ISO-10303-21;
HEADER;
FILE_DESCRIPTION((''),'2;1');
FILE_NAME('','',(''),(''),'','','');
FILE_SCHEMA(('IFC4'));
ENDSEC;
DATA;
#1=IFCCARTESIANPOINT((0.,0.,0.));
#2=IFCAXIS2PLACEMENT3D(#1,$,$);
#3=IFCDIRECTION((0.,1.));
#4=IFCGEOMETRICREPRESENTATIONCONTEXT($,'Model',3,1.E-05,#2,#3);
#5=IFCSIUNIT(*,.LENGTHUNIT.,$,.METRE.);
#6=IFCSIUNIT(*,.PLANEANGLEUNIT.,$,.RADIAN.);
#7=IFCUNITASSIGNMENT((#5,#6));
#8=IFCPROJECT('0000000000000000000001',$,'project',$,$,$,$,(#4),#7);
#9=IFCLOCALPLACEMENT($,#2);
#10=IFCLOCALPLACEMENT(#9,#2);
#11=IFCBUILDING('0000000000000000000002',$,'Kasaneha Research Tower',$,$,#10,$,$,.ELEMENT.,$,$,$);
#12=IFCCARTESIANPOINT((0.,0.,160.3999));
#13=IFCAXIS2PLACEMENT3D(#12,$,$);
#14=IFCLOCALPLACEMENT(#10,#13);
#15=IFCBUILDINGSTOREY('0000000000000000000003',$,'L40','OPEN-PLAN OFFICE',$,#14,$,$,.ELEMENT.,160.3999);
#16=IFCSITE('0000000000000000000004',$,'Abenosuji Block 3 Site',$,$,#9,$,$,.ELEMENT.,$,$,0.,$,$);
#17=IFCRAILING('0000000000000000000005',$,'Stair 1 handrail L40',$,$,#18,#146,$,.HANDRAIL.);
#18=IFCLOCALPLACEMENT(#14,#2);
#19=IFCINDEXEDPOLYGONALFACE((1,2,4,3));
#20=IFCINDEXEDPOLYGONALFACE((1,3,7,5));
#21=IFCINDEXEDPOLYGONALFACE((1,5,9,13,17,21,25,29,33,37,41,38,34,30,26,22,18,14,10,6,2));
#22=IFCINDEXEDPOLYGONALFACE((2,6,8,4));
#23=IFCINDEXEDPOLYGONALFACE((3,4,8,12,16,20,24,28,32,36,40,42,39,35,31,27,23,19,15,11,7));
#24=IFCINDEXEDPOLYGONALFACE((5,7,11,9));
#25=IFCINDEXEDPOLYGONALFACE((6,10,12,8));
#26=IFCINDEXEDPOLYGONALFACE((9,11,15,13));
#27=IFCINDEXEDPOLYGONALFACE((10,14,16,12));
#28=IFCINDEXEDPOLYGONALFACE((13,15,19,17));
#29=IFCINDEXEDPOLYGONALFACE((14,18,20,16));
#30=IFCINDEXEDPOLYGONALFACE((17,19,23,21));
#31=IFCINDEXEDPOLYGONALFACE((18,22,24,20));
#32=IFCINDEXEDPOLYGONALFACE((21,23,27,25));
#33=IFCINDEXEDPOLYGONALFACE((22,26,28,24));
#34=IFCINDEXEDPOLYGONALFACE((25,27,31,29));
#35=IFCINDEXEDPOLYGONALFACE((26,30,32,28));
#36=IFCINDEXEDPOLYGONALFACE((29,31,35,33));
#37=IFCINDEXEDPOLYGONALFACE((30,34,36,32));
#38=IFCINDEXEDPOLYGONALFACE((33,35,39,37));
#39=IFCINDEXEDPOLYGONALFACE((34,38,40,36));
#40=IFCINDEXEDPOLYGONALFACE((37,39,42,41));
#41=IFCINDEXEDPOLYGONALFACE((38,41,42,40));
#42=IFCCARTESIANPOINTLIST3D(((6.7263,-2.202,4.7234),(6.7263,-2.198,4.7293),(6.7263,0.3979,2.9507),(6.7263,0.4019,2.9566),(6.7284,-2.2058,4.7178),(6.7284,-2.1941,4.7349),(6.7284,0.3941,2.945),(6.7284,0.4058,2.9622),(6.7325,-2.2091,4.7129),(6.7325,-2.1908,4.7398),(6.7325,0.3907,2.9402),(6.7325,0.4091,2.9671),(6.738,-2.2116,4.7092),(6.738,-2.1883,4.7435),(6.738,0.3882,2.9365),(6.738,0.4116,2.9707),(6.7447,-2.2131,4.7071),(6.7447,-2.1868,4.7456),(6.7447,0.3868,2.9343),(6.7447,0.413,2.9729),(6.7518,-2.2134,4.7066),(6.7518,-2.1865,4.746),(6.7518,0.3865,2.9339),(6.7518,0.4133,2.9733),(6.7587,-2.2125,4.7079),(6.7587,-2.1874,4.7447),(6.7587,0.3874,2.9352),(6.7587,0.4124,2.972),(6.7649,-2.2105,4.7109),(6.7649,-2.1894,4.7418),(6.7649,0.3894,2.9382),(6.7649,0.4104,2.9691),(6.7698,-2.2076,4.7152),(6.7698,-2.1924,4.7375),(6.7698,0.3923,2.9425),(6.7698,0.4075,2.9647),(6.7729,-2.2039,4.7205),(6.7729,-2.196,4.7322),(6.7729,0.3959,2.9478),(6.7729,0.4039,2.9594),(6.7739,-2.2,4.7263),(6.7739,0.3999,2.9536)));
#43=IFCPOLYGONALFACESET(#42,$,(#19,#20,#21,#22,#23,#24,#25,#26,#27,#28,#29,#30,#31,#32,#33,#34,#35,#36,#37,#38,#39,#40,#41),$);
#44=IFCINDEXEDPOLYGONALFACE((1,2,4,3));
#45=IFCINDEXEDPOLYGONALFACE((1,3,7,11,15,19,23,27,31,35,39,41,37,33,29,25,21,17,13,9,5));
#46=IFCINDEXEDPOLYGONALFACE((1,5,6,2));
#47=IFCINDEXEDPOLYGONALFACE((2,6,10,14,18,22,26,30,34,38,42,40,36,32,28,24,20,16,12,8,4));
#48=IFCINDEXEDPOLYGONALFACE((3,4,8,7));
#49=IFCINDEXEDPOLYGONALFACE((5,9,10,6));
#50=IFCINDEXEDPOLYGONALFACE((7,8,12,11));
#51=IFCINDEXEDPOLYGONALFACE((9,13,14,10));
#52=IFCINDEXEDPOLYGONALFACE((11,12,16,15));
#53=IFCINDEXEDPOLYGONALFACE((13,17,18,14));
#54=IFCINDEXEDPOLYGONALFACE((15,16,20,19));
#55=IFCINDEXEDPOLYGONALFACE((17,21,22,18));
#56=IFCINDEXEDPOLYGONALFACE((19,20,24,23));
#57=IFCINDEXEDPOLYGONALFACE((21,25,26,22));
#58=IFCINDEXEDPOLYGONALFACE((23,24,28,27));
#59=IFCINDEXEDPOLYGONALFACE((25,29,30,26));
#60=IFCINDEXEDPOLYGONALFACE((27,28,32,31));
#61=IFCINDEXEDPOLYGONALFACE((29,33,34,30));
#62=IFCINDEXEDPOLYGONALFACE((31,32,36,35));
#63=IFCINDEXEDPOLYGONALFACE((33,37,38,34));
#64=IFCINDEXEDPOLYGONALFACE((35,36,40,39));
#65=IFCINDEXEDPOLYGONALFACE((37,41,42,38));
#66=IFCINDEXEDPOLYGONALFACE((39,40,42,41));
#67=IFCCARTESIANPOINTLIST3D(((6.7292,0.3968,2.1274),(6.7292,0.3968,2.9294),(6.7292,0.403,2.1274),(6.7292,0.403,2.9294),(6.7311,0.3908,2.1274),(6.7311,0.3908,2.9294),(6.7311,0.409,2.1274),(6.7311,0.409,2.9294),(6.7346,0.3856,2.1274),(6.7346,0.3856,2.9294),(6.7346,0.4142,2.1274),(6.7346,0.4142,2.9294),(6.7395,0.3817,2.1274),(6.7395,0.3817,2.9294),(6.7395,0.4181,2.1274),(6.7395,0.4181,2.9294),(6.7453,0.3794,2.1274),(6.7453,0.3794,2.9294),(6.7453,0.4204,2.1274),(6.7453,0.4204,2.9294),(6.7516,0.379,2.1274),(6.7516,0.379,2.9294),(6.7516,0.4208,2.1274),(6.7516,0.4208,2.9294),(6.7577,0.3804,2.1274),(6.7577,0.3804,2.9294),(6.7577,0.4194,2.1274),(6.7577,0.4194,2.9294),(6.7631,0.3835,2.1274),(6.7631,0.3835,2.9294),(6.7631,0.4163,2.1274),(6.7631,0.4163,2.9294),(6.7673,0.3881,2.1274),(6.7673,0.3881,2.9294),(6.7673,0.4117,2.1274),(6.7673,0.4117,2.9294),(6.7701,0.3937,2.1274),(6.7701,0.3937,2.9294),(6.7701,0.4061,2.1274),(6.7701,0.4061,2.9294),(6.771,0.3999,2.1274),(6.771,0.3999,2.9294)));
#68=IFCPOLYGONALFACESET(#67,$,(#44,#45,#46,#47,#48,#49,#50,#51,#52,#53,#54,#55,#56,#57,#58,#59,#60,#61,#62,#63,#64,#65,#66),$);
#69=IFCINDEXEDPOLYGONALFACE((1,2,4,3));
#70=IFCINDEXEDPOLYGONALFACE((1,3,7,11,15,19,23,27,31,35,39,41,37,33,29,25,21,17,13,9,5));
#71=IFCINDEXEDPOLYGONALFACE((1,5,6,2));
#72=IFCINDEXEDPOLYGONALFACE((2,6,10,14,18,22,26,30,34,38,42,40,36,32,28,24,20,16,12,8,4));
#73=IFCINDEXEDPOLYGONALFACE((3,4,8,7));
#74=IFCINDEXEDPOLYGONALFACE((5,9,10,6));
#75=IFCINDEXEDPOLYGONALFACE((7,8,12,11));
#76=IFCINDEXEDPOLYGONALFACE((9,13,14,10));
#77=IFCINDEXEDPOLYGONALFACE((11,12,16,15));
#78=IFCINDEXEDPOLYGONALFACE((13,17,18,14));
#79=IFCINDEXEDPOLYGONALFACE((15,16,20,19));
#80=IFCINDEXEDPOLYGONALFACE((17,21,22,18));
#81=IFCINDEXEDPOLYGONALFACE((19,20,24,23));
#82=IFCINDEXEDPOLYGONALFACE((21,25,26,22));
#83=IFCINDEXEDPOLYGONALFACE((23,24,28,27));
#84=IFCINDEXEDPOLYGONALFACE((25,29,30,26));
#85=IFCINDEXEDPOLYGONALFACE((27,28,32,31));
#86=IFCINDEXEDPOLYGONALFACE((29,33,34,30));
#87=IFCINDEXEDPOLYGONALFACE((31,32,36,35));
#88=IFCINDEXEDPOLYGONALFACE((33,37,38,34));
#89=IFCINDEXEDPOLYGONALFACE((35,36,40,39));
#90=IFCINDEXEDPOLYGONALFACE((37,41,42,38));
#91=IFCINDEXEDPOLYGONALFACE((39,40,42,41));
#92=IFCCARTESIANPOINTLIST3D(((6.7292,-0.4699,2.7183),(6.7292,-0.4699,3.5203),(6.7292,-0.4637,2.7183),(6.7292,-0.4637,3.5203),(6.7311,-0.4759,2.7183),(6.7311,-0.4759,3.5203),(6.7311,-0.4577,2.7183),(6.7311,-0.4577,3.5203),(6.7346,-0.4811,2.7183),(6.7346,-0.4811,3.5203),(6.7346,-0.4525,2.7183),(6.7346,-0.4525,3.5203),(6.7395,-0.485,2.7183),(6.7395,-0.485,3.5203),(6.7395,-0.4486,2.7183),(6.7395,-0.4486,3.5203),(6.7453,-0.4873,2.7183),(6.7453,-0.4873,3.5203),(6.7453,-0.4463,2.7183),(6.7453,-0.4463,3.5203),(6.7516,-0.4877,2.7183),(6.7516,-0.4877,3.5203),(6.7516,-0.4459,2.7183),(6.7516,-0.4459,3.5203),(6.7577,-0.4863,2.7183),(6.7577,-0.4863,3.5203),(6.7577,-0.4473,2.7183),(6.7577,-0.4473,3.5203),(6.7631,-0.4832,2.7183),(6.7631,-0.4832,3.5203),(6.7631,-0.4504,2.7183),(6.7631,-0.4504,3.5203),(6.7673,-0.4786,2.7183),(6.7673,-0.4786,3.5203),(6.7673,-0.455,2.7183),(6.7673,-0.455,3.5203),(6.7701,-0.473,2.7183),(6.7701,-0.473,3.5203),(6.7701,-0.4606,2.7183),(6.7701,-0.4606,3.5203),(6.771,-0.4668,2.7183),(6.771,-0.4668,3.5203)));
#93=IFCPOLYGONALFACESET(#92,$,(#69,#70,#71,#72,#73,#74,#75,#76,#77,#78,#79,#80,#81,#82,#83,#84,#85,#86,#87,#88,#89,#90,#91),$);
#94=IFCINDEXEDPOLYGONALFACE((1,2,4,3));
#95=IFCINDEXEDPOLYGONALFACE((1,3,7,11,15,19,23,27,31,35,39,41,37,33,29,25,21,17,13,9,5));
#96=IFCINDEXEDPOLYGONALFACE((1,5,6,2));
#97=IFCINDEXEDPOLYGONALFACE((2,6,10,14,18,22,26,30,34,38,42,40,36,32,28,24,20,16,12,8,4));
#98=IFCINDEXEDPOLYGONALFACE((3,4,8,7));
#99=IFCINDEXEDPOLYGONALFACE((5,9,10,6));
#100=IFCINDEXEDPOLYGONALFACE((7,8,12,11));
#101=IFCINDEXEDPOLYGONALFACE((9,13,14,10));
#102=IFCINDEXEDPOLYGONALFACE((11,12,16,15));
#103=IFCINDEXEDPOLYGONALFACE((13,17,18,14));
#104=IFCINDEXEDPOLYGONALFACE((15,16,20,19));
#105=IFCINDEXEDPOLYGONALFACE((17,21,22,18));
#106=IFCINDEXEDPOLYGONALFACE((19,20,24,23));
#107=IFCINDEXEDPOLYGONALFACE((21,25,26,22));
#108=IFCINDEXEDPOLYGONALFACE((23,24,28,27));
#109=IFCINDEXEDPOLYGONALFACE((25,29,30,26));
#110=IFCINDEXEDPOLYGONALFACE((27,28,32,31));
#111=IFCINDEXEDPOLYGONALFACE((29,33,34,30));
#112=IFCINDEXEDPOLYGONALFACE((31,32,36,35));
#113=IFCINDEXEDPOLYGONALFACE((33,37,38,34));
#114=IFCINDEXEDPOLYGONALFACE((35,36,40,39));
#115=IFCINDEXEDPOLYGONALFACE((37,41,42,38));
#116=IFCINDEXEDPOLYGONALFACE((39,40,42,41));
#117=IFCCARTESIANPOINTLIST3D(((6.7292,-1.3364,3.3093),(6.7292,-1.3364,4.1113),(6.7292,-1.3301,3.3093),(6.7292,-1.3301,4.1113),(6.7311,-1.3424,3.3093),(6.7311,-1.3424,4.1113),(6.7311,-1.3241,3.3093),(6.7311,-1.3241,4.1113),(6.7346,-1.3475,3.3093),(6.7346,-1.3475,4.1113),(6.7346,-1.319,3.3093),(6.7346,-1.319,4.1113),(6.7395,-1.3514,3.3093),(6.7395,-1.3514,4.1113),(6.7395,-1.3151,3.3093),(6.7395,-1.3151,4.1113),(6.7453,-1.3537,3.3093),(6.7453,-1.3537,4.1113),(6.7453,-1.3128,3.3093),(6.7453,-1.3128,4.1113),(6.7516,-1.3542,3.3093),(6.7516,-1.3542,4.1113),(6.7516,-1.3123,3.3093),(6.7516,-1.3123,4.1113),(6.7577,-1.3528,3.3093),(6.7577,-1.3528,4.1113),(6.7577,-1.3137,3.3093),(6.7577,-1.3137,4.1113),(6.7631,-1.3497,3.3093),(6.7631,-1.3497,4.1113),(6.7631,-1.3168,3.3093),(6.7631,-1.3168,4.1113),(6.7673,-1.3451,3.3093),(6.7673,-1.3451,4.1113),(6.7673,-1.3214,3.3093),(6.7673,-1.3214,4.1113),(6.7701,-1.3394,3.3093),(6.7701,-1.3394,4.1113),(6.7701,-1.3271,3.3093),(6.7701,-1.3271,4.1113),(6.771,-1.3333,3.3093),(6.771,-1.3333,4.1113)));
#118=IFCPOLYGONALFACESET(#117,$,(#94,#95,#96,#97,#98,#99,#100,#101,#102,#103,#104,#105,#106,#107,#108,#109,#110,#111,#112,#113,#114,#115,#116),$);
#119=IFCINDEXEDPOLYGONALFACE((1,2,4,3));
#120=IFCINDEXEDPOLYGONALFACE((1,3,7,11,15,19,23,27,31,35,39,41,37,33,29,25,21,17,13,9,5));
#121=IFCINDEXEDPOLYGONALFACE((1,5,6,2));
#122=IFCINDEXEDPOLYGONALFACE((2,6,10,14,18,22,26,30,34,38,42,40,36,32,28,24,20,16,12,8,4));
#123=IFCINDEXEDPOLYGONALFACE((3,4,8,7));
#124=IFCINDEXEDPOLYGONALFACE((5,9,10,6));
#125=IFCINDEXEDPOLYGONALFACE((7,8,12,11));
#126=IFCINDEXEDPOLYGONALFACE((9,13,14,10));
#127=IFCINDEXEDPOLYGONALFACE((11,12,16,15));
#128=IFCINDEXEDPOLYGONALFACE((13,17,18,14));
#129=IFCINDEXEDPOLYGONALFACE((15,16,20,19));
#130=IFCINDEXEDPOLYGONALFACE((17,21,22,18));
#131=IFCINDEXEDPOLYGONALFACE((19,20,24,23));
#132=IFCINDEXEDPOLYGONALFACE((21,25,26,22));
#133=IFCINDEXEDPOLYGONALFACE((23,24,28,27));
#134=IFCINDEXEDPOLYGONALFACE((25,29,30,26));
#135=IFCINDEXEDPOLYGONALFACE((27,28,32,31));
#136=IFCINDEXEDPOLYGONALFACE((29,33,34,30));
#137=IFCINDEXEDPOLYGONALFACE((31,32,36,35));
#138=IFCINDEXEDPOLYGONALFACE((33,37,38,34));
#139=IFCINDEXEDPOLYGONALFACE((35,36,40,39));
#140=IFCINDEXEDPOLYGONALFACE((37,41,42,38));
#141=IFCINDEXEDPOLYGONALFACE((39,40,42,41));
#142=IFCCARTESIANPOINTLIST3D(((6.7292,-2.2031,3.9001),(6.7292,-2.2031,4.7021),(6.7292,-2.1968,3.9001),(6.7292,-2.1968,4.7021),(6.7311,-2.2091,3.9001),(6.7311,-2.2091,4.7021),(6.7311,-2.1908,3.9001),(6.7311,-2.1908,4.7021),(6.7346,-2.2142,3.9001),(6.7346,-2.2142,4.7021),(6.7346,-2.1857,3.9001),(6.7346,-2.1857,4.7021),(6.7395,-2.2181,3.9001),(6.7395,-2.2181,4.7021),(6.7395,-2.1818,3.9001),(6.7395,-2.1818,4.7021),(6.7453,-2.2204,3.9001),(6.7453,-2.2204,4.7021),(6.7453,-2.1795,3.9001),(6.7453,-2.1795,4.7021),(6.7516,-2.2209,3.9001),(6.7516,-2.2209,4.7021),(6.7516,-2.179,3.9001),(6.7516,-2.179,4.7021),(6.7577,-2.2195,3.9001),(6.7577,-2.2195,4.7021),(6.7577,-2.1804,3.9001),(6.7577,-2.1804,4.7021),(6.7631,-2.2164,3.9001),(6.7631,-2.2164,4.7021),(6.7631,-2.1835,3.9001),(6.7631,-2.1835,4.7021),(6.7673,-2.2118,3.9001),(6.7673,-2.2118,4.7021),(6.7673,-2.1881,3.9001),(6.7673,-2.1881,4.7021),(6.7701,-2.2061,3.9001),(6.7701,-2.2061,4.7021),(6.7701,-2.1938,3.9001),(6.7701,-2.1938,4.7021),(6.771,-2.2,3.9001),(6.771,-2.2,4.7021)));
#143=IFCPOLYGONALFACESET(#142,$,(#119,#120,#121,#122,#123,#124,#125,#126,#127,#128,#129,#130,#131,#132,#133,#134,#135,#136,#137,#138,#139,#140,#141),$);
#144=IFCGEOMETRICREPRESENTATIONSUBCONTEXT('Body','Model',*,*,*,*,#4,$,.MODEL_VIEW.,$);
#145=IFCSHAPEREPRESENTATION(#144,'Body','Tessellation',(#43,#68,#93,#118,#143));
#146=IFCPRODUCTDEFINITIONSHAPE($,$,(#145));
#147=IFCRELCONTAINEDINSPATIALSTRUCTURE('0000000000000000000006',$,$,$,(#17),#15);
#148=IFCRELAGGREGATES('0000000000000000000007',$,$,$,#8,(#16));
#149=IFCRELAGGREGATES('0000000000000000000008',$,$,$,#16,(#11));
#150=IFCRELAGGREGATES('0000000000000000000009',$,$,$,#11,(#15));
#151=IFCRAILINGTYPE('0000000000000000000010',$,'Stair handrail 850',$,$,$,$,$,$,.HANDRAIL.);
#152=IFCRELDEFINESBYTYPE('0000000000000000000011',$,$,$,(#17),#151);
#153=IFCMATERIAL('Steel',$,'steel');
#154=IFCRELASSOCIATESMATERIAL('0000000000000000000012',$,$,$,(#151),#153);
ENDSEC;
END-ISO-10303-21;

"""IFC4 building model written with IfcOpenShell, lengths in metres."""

from ifc_helpers import new_model, si_unit, direction, frame, origin, origin_2d, place, context, subcontext, project, spatial, circle, extrude, material, type_object, element, save


model = new_model("IFC4")

# Units and contexts
model_context = context("Model", 3, precision=1e-05, world=origin(), true_north=direction((0.0, 1.0)))
body_context = subcontext(model_context, "Body", "Model", "MODEL_VIEW")
ifc_project = project(units=[si_unit("LENGTHUNIT", "METRE"), si_unit("PLANEANGLEUNIT", "RADIAN")], contexts=[model_context])

# Site, building, storey
site_placement = place(None, origin())
site = spatial("IfcSite", under=ifc_project, at=site_placement, Name="Abenosuji Block 3 Site", CompositionType="ELEMENT", RefElevation=0.0)
building_placement = place(site_placement, origin())
building = spatial("IfcBuilding", under=site, at=building_placement, Name="Kasaneha Research Tower", CompositionType="ELEMENT")
storey_placement = place(building_placement, frame((0.0, 0.0, 160.3999)))
storey = spatial("IfcBuildingStorey", under=building, at=storey_placement, Name="L40", Description="OPEN-PLAN OFFICE", CompositionType="ELEMENT", Elevation=160.3999)

# Railing
ifc_material_1 = material(Name="Steel", Category="steel")
railing_type_1 = type_object("IfcRailingType", Name="Stair handrail 850", PredefinedType="HANDRAIL", material=ifc_material_1)
railing_1_placement = place(storey_placement, frame((6.75, 0.3999, 2.1274)))
element("IfcRailing", 1, at=railing_1_placement, inside=storey, type_object=railing_type_1, Name="Stair 1 handrail L40", PredefinedType="HANDRAIL", context=body_context, shape_type="SweptSolid", body=[
    extrude(circle(Radius=0.0239, at=origin_2d()), frame((0.0, 0.0, 0.8262), z_axis=(0.0, -0.826216, 0.563354), x_axis=(1.0, 0.0, 0.0)), (0.0, 0.0, 1.0), 3.1467),
    extrude(circle(Radius=0.021, at=origin_2d()), origin(), (0.0, 0.0, 1.0), 0.802),
    extrude(circle(Radius=0.021, at=origin_2d()), frame((0.0, -0.8667, 0.5908)), (0.0, 0.0, 1.0), 0.802),
    extrude(circle(Radius=0.021, at=origin_2d()), frame((0.0, -1.7332, 1.1819)), (0.0, 0.0, 1.0), 0.802),
    extrude(circle(Radius=0.021, at=origin_2d()), frame((0.0, -2.5999, 1.7727)), (0.0, 0.0, 1.0), 0.802),
])

save(model, "model.ifc")
